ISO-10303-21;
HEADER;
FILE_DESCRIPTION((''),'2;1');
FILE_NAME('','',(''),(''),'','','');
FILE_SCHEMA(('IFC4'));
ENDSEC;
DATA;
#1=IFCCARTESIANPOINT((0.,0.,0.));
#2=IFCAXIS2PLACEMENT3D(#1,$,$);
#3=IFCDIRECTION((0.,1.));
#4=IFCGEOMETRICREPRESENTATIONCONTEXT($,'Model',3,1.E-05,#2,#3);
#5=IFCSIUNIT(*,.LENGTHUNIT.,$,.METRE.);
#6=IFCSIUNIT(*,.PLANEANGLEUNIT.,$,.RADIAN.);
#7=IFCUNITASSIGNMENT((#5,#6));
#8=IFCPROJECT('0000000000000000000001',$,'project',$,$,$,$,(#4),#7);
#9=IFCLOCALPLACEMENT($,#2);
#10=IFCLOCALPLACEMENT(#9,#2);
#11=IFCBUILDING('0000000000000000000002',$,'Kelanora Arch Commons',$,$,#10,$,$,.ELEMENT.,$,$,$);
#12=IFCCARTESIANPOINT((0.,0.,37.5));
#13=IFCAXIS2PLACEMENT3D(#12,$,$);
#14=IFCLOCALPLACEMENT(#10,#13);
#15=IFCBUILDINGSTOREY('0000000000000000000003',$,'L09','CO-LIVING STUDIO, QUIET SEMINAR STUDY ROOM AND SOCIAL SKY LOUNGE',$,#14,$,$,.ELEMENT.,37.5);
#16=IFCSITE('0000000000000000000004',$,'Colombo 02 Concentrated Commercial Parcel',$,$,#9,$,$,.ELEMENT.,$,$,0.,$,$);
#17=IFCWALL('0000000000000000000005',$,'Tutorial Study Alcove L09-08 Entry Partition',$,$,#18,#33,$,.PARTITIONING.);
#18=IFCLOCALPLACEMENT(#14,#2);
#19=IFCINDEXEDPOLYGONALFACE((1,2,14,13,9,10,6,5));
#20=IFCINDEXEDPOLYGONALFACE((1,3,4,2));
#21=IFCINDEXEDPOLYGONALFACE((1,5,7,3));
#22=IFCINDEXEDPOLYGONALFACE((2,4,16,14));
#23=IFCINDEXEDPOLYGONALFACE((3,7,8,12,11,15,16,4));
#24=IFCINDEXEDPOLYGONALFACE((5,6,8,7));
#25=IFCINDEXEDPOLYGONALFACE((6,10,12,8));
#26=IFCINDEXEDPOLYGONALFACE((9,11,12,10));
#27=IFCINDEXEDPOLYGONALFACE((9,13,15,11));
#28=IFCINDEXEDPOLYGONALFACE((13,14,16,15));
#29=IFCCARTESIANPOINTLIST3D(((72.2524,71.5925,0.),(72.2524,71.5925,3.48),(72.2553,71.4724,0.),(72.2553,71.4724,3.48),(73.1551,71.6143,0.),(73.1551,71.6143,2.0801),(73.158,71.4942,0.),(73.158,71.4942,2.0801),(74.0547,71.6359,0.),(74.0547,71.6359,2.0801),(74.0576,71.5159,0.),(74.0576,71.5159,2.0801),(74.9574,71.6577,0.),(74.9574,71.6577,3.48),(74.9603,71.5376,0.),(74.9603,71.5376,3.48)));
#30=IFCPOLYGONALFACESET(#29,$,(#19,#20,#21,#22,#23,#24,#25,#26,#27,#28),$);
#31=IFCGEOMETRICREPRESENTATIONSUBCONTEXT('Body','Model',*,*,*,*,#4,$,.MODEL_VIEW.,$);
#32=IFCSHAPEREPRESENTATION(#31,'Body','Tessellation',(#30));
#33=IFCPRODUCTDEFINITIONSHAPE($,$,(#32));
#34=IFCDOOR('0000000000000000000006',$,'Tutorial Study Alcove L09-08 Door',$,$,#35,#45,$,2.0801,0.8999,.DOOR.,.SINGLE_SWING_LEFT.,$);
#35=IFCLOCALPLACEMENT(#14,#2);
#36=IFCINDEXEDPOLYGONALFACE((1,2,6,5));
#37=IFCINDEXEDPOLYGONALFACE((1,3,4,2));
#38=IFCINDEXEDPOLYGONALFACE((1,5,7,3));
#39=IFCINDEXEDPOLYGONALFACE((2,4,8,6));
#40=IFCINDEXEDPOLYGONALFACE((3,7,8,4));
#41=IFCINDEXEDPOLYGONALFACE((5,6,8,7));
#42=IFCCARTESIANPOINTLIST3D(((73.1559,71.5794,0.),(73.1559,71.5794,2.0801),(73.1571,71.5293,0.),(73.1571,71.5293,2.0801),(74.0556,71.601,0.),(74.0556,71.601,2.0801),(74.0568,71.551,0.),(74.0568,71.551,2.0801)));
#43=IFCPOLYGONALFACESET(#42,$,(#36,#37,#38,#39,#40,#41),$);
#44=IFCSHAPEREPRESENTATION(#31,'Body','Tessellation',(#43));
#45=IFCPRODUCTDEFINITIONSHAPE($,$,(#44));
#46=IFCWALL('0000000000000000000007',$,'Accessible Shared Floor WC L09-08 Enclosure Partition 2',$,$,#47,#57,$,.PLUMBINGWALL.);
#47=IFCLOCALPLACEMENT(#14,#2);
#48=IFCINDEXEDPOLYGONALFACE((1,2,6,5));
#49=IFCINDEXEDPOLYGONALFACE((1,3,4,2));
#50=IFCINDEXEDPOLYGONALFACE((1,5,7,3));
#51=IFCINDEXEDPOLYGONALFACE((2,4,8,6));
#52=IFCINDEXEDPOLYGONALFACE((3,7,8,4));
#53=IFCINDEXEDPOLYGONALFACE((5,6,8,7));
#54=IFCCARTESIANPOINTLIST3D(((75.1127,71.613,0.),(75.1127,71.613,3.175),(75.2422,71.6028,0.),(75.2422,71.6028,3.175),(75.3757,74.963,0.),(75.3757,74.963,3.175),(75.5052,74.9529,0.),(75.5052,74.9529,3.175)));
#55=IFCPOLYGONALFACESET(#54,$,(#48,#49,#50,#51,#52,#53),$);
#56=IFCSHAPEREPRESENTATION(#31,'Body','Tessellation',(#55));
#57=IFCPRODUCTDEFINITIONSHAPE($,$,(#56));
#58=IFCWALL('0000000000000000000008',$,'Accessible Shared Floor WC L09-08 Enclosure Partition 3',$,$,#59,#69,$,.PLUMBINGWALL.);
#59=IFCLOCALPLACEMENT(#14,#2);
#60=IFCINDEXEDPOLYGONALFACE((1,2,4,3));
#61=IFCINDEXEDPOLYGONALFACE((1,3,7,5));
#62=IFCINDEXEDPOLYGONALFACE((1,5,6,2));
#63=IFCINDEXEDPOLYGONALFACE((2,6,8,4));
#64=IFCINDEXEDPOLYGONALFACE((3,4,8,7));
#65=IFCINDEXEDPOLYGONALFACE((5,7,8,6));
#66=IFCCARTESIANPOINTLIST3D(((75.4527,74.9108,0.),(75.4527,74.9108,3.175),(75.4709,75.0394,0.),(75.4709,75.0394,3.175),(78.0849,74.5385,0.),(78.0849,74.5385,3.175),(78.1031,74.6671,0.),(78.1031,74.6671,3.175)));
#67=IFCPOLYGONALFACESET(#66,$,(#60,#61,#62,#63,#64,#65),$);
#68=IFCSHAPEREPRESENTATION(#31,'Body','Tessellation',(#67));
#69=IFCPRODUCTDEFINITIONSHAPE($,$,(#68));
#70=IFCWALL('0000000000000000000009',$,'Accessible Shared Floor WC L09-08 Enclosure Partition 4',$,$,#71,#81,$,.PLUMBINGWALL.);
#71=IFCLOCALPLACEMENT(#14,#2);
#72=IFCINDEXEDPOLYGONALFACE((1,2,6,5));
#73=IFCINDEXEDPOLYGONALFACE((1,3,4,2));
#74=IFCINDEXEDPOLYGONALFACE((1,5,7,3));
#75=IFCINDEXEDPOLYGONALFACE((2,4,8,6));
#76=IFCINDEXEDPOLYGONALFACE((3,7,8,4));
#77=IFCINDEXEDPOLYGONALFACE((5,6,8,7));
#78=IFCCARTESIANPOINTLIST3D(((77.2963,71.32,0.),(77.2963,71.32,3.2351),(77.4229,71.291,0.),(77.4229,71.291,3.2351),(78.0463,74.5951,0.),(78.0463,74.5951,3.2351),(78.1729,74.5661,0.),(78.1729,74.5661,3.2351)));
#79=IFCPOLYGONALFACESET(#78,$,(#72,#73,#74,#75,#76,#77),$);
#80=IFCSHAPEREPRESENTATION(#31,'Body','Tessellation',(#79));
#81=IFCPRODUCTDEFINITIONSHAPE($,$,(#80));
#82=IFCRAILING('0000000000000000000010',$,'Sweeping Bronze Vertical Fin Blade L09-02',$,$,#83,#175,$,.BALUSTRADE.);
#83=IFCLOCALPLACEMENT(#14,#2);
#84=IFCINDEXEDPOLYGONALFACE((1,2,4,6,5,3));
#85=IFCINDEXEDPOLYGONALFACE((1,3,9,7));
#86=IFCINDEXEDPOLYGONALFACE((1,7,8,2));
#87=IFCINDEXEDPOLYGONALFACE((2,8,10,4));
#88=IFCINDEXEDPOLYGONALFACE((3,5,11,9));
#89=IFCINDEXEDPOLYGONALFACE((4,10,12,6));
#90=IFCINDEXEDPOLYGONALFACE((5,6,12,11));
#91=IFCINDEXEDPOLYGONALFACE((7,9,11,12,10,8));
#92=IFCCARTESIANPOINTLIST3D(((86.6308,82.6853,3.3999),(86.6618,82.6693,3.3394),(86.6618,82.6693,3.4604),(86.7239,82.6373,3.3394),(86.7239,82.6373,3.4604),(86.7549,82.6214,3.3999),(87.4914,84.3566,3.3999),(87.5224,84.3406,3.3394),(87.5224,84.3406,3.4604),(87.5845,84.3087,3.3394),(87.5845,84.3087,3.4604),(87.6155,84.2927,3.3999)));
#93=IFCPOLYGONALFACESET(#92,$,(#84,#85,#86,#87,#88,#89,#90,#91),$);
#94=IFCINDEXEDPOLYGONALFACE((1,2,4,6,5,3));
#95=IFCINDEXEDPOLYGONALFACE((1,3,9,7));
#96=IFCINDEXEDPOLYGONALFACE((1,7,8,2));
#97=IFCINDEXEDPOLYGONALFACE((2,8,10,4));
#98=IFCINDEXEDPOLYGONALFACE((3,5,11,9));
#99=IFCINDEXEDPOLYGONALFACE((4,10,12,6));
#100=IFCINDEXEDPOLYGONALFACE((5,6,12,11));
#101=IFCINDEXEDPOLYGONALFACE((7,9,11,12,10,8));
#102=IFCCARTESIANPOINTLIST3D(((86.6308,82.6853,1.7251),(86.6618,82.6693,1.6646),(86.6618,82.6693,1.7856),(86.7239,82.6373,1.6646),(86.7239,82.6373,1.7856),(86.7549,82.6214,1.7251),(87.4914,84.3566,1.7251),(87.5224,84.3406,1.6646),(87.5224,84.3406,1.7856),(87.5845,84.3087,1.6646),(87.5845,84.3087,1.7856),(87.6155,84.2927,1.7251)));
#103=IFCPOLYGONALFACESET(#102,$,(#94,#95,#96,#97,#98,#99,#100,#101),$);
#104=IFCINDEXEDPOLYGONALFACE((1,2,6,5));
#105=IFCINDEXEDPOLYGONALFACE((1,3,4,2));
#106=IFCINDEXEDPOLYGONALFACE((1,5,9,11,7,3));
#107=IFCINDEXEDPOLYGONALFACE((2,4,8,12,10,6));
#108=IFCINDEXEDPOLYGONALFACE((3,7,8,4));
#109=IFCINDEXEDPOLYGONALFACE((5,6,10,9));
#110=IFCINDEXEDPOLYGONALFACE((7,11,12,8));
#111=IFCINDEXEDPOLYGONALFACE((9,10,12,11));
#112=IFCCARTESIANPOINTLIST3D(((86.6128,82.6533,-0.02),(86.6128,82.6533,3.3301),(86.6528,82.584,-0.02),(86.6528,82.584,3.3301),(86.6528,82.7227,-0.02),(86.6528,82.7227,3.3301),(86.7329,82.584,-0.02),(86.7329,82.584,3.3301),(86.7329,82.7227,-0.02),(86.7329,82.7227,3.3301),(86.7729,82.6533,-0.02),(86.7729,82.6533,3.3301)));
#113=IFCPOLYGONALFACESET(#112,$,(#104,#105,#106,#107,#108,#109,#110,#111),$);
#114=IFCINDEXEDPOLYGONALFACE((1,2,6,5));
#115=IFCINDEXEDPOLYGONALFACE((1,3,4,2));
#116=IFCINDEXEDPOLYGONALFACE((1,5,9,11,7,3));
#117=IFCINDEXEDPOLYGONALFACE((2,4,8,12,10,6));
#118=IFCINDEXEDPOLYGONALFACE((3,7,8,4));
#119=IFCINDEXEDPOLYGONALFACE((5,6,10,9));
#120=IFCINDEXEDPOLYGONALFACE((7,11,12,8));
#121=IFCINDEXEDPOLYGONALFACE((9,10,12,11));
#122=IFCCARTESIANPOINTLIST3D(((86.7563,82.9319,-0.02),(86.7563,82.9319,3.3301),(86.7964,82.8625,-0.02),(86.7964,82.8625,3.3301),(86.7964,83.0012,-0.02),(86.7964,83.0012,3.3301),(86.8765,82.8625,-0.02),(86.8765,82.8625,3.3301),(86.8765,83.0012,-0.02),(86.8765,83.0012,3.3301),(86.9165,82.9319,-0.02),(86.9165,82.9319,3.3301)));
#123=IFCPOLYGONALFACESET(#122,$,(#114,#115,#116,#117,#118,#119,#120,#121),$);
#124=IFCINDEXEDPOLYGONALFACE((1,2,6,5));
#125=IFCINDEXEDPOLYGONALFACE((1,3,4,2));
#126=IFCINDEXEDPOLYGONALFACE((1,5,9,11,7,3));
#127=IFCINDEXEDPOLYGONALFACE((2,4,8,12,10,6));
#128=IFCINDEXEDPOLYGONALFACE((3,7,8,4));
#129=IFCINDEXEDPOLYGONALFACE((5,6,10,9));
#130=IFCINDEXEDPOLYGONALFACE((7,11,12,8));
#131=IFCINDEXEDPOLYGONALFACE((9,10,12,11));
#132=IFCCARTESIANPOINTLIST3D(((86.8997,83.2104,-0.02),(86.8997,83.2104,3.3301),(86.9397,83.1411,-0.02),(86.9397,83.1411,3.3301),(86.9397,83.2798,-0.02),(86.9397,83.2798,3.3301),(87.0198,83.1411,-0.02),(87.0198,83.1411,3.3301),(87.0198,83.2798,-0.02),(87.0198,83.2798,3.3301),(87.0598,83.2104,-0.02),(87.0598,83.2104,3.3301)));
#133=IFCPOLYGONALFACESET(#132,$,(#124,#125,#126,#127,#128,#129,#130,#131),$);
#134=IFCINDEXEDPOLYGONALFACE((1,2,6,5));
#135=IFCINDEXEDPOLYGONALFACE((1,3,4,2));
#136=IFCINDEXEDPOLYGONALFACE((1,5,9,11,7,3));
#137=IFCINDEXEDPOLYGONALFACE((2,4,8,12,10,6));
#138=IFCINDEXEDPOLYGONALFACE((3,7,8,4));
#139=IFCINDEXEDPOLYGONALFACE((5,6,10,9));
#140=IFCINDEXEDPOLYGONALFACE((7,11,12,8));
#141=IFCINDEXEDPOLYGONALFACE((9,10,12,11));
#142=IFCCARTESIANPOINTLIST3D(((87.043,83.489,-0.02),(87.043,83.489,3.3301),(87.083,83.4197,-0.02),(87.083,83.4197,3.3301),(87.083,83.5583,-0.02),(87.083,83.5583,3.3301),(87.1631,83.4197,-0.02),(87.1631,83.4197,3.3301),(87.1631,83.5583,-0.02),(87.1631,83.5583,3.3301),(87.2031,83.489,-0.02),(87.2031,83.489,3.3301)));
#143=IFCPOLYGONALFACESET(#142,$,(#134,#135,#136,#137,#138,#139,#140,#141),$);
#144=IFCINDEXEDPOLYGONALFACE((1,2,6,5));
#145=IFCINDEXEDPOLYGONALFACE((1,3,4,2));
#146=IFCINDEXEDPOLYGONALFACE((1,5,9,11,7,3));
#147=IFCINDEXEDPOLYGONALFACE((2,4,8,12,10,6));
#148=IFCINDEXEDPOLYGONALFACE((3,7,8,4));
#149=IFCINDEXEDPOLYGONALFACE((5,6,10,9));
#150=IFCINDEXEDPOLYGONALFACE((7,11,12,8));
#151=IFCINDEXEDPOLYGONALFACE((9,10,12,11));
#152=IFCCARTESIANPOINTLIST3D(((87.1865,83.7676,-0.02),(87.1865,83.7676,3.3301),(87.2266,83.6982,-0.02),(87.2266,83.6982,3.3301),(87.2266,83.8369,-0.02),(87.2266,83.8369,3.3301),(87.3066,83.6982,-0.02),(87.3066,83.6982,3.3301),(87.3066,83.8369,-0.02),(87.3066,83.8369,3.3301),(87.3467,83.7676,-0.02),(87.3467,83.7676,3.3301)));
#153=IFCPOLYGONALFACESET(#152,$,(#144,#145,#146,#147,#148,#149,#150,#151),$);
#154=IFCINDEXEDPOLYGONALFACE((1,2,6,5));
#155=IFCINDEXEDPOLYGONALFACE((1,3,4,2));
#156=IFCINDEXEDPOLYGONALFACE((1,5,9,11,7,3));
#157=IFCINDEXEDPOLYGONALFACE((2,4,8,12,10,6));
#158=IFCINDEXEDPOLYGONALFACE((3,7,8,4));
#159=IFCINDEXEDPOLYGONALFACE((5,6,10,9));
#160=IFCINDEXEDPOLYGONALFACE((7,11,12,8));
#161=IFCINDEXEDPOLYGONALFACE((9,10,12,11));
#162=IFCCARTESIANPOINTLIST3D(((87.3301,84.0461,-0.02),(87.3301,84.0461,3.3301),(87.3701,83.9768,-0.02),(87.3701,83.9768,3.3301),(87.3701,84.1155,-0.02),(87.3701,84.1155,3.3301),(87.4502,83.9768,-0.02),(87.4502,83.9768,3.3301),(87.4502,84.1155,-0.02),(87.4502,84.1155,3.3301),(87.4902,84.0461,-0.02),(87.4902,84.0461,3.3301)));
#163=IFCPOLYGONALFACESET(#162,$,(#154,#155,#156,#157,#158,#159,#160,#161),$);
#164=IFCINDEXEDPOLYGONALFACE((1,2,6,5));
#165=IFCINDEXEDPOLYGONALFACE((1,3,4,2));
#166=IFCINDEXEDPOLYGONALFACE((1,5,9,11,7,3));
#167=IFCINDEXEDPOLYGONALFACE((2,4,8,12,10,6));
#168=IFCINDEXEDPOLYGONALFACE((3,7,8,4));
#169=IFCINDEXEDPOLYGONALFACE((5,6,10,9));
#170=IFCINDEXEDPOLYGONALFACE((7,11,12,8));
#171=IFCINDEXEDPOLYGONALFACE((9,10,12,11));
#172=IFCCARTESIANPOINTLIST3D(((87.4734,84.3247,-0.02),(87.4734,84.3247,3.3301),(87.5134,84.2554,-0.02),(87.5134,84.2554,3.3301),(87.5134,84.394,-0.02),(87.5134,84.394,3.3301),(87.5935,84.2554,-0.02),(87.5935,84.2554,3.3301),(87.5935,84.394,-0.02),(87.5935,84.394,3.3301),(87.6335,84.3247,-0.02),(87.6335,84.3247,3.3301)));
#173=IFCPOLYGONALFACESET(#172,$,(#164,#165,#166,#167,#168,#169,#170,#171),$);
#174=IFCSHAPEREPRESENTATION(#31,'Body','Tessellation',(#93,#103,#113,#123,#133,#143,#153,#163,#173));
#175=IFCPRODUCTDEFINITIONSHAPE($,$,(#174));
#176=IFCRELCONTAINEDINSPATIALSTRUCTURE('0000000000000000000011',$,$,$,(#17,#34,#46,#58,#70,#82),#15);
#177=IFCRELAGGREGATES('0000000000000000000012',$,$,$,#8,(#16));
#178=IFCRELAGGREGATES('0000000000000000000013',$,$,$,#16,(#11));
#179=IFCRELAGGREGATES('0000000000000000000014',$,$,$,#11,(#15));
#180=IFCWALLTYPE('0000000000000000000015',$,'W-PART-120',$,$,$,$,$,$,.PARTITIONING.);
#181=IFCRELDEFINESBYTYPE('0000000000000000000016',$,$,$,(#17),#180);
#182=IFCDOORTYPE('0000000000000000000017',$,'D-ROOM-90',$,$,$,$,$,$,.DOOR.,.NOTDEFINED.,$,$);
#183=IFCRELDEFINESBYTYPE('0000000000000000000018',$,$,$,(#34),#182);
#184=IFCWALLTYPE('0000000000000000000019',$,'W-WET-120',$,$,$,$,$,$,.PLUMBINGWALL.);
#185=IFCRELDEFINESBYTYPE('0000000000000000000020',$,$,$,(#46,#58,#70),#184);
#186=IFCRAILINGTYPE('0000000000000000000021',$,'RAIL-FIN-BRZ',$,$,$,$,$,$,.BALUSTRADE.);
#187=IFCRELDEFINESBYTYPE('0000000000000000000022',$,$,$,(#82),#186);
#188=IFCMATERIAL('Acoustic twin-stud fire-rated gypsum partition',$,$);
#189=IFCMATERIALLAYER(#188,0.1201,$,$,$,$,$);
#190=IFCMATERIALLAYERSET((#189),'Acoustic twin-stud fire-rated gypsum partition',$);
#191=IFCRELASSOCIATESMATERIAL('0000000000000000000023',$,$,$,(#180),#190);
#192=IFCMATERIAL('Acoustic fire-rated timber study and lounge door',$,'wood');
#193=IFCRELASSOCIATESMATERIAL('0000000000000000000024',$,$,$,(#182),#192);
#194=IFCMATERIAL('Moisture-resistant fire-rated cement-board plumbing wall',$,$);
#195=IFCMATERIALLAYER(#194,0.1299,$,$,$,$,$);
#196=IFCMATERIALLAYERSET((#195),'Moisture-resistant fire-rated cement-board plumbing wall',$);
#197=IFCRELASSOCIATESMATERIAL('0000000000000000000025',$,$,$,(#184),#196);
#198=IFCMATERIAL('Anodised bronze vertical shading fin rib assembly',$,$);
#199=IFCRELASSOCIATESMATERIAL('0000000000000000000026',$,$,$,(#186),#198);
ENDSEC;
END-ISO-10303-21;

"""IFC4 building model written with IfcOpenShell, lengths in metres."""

from ifc_helpers import new_model, si_unit, direction, frame, frame_2d, origin, place, context, subcontext, project, spatial, polyline, rectangle, outline, extrude, material, layer, layer_set, type_object, element, fill, save


model = new_model("IFC4")

# Units and contexts
model_context = context("Model", 3, precision=1e-05, world=origin(), true_north=direction((0.0, 1.0)))
body_context = subcontext(model_context, "Body", "Model", "MODEL_VIEW")
ifc_project = project(units=[si_unit("LENGTHUNIT", "METRE"), si_unit("PLANEANGLEUNIT", "RADIAN")], contexts=[model_context])

# Site, building, storey
site_placement = place(None, origin())
site = spatial("IfcSite", under=ifc_project, at=site_placement, Name="Colombo 02 Concentrated Commercial Parcel", CompositionType="ELEMENT", RefElevation=0.0)
building_placement = place(site_placement, origin())
building = spatial("IfcBuilding", under=site, at=building_placement, Name="Kelanora Arch Commons", CompositionType="ELEMENT")
storey_placement = place(building_placement, frame((0.0, 0.0, 37.5)))
storey = spatial("IfcBuildingStorey", under=building, at=storey_placement, Name="L09", Description="CO-LIVING STUDIO, QUIET SEMINAR STUDY ROOM AND SOCIAL SKY LOUNGE", CompositionType="ELEMENT", Elevation=37.5)

# Wall, opening, door
ifc_material_1 = material(Name="Acoustic twin-stud fire-rated gypsum partition")
ifc_layer_1 = layer(ifc_material_1, 0.1201)
ifc_layer_set_1 = layer_set([ifc_layer_1], Name="Acoustic twin-stud fire-rated gypsum partition")
wall_type_1 = type_object("IfcWallType", Name="W-PART-120", PredefinedType="PARTITIONING", material=ifc_layer_set_1)
wall_1_placement = place(storey_placement, frame((74.959, 71.5977, 0.0), z_axis=(0.0, 0.0, 1.0), x_axis=(-0.99971, -0.02409, 0.0)))
wall_1 = element("IfcWall", 1, at=wall_1_placement, inside=storey, type_object=wall_type_1, Name="Tutorial Study Alcove L09-08 Entry Partition", PredefinedType="PARTITIONING", context=body_context, shape_type="SweptSolid", body=[
    extrude(rectangle(XDim=2.7058, YDim=0.1201, at=frame_2d((1.353, 0.0))), origin(), (0.0, 0.0, 1.0), 3.48),
])
opening_1_placement = place(wall_1_placement, frame((0.9031, 0.0, 0.0)))
opening_1 = element("IfcOpeningElement", 2, at=opening_1_placement, cuts=wall_1, PredefinedType="OPENING", context=body_context, shape_type="SweptSolid", body=[
    extrude(rectangle(XDim=0.8999, YDim=2.0801, at=frame_2d((0.45, 1.04))), frame((0.0, 0.0701, 0.0), z_axis=(0.0, -1.0, 0.0), x_axis=(1.0, 0.0, 0.0)), (0.0, 0.0, 1.0), 0.1401),
])
ifc_material_2 = material(Name="Acoustic fire-rated timber study and lounge door", Category="wood")
door_type = type_object("IfcDoorType", Name="D-ROOM-90", OperationType="NOTDEFINED", PredefinedType="DOOR", material=ifc_material_2)
door_placement = place(opening_1_placement, origin())
door = element("IfcDoor", 3, at=door_placement, inside=storey, type_object=door_type, Name="Tutorial Study Alcove L09-08 Door", OperationType="SINGLE_SWING_LEFT", OverallHeight=2.0801, OverallWidth=0.8999, PredefinedType="DOOR", context=body_context, shape_type="SweptSolid", body=[
    extrude(rectangle(XDim=0.8999, YDim=2.0801, at=frame_2d((0.45, 1.04))), frame((0.0, 0.0249, 0.0), z_axis=(0.0, -1.0, 0.0), x_axis=(1.0, 0.0, 0.0)), (0.0, 0.0, 1.0), 0.05),
])
fill(opening_1, door)

# Walls
ifc_material_3 = material(Name="Moisture-resistant fire-rated cement-board plumbing wall")
ifc_layer_2 = layer(ifc_material_3, 0.1299)
ifc_layer_set_2 = layer_set([ifc_layer_2], Name="Moisture-resistant fire-rated cement-board plumbing wall")
wall_type_2 = type_object("IfcWallType", Name="W-WET-120", PredefinedType="PLUMBINGWALL", material=ifc_layer_set_2)
wall_2_placement = place(storey_placement, frame((75.1775, 71.6079, 0.0), z_axis=(0.0, 0.0, 1.0), x_axis=(0.078246, 0.996934, 0.0)))
element("IfcWall", 4, at=wall_2_placement, inside=storey, type_object=wall_type_2, Name="Accessible Shared Floor WC L09-08 Enclosure Partition 2", PredefinedType="PLUMBINGWALL", context=body_context, shape_type="SweptSolid", body=[
    extrude(rectangle(XDim=3.3604, YDim=0.1299, at=frame_2d((1.6802, 0.0))), origin(), (0.0, 0.0, 1.0), 3.175),
])
wall_3_placement = place(storey_placement, frame((75.4619, 74.9751, 0.0), z_axis=(0.0, 0.0, 1.0), x_axis=(0.990145, -0.140046, 0.0)))
element("IfcWall", 5, at=wall_3_placement, inside=storey, type_object=wall_type_2, Name="Accessible Shared Floor WC L09-08 Enclosure Partition 3", PredefinedType="PLUMBINGWALL", context=body_context, shape_type="SweptSolid", body=[
    extrude(rectangle(XDim=2.6584, YDim=0.1299, at=frame_2d((1.3291, 0.0))), origin(), (0.0, 0.0, 1.0), 3.175),
])
wall_4_placement = place(storey_placement, frame((78.1096, 74.5806, 0.0), z_axis=(0.0, 0.0, 1.0), x_axis=(-0.223219, -0.974768, 0.0)))
element("IfcWall", 6, at=wall_4_placement, inside=storey, type_object=wall_type_2, Name="Accessible Shared Floor WC L09-08 Enclosure Partition 4", PredefinedType="PLUMBINGWALL", context=body_context, shape_type="SweptSolid", body=[
    extrude(rectangle(XDim=3.3599, YDim=0.1299, at=frame_2d((1.6799, 0.0))), origin(), (0.0, 0.0, 1.0), 3.2351),
])

# Railing
ifc_material_4 = material(Name="Anodised bronze vertical shading fin rib assembly")
railing_type = type_object("IfcRailingType", Name="RAIL-FIN-BRZ", PredefinedType="BALUSTRADE", material=ifc_material_4)
railing_1_placement = place(storey_placement, frame((86.6929, 82.6533, -0.02)))
element("IfcRailing", 7, at=railing_1_placement, inside=storey, type_object=railing_type, Name="Sweeping Bronze Vertical Fin Blade L09-02", PredefinedType="BALUSTRADE", context=body_context, shape_type="SweptSolid", body=[
    extrude(outline(polyline([(0.0698, 0.0), (0.0349, 0.0605), (-0.0349, 0.0605), (-0.0698, 0.0), (-0.0349, -0.0605), (0.0349, -0.0605), (0.0698, 0.0)])), frame((0.0, 0.0, 3.4199), z_axis=(0.457779, 0.889066, 0.0), x_axis=(-0.889066, 0.457779, 0.0)), (0.0, 0.0, 1.0), 1.8799),
    extrude(outline(polyline([(0.0698, 0.0), (0.0349, 0.0605), (-0.0349, 0.0605), (-0.0698, 0.0), (-0.0349, -0.0605), (0.0349, -0.0605), (0.0698, 0.0)])), frame((0.0, 0.0, 1.7451), z_axis=(0.457779, 0.889066, 0.0), x_axis=(-0.889066, 0.457779, 0.0)), (0.0, 0.0, 1.0), 1.8799),
    extrude(outline(polyline([(0.0801, 0.0), (0.04, 0.0693), (-0.04, 0.0693), (-0.0801, 0.0), (-0.04, -0.0693), (0.04, -0.0693), (0.0801, 0.0)])), origin(), (0.0, 0.0, 1.0), 3.3501),
    extrude(outline(polyline([(0.0801, 0.0), (0.04, 0.0693), (-0.04, 0.0693), (-0.0801, 0.0), (-0.04, -0.0693), (0.04, -0.0693), (0.0801, 0.0)])), frame((0.1436, 0.2786, 0.0)), (0.0, 0.0, 1.0), 3.3501),
    extrude(outline(polyline([(0.0801, 0.0), (0.04, 0.0693), (-0.04, 0.0693), (-0.0801, 0.0), (-0.04, -0.0693), (0.04, -0.0693), (0.0801, 0.0)])), frame((0.2869, 0.5571, 0.0)), (0.0, 0.0, 1.0), 3.3501),
    extrude(outline(polyline([(0.0801, 0.0), (0.04, 0.0693), (-0.04, 0.0693), (-0.0801, 0.0), (-0.04, -0.0693), (0.04, -0.0693), (0.0801, 0.0)])), frame((0.4302, 0.8357, 0.0)), (0.0, 0.0, 1.0), 3.3501),
    extrude(outline(polyline([(0.0801, 0.0), (0.04, 0.0693), (-0.04, 0.0693), (-0.0801, 0.0), (-0.04, -0.0693), (0.04, -0.0693), (0.0801, 0.0)])), frame((0.5737, 1.1143, 0.0)), (0.0, 0.0, 1.0), 3.3501),
    extrude(outline(polyline([(0.0801, 0.0), (0.04, 0.0693), (-0.04, 0.0693), (-0.0801, 0.0), (-0.04, -0.0693), (0.04, -0.0693), (0.0801, 0.0)])), frame((0.7173, 1.3928, 0.0)), (0.0, 0.0, 1.0), 3.3501),
    extrude(outline(polyline([(0.0801, 0.0), (0.04, 0.0693), (-0.04, 0.0693), (-0.0801, 0.0), (-0.04, -0.0693), (0.04, -0.0693), (0.0801, 0.0)])), frame((0.8606, 1.6714, 0.0)), (0.0, 0.0, 1.0), 3.3501),
])

save(model, "model.ifc")
